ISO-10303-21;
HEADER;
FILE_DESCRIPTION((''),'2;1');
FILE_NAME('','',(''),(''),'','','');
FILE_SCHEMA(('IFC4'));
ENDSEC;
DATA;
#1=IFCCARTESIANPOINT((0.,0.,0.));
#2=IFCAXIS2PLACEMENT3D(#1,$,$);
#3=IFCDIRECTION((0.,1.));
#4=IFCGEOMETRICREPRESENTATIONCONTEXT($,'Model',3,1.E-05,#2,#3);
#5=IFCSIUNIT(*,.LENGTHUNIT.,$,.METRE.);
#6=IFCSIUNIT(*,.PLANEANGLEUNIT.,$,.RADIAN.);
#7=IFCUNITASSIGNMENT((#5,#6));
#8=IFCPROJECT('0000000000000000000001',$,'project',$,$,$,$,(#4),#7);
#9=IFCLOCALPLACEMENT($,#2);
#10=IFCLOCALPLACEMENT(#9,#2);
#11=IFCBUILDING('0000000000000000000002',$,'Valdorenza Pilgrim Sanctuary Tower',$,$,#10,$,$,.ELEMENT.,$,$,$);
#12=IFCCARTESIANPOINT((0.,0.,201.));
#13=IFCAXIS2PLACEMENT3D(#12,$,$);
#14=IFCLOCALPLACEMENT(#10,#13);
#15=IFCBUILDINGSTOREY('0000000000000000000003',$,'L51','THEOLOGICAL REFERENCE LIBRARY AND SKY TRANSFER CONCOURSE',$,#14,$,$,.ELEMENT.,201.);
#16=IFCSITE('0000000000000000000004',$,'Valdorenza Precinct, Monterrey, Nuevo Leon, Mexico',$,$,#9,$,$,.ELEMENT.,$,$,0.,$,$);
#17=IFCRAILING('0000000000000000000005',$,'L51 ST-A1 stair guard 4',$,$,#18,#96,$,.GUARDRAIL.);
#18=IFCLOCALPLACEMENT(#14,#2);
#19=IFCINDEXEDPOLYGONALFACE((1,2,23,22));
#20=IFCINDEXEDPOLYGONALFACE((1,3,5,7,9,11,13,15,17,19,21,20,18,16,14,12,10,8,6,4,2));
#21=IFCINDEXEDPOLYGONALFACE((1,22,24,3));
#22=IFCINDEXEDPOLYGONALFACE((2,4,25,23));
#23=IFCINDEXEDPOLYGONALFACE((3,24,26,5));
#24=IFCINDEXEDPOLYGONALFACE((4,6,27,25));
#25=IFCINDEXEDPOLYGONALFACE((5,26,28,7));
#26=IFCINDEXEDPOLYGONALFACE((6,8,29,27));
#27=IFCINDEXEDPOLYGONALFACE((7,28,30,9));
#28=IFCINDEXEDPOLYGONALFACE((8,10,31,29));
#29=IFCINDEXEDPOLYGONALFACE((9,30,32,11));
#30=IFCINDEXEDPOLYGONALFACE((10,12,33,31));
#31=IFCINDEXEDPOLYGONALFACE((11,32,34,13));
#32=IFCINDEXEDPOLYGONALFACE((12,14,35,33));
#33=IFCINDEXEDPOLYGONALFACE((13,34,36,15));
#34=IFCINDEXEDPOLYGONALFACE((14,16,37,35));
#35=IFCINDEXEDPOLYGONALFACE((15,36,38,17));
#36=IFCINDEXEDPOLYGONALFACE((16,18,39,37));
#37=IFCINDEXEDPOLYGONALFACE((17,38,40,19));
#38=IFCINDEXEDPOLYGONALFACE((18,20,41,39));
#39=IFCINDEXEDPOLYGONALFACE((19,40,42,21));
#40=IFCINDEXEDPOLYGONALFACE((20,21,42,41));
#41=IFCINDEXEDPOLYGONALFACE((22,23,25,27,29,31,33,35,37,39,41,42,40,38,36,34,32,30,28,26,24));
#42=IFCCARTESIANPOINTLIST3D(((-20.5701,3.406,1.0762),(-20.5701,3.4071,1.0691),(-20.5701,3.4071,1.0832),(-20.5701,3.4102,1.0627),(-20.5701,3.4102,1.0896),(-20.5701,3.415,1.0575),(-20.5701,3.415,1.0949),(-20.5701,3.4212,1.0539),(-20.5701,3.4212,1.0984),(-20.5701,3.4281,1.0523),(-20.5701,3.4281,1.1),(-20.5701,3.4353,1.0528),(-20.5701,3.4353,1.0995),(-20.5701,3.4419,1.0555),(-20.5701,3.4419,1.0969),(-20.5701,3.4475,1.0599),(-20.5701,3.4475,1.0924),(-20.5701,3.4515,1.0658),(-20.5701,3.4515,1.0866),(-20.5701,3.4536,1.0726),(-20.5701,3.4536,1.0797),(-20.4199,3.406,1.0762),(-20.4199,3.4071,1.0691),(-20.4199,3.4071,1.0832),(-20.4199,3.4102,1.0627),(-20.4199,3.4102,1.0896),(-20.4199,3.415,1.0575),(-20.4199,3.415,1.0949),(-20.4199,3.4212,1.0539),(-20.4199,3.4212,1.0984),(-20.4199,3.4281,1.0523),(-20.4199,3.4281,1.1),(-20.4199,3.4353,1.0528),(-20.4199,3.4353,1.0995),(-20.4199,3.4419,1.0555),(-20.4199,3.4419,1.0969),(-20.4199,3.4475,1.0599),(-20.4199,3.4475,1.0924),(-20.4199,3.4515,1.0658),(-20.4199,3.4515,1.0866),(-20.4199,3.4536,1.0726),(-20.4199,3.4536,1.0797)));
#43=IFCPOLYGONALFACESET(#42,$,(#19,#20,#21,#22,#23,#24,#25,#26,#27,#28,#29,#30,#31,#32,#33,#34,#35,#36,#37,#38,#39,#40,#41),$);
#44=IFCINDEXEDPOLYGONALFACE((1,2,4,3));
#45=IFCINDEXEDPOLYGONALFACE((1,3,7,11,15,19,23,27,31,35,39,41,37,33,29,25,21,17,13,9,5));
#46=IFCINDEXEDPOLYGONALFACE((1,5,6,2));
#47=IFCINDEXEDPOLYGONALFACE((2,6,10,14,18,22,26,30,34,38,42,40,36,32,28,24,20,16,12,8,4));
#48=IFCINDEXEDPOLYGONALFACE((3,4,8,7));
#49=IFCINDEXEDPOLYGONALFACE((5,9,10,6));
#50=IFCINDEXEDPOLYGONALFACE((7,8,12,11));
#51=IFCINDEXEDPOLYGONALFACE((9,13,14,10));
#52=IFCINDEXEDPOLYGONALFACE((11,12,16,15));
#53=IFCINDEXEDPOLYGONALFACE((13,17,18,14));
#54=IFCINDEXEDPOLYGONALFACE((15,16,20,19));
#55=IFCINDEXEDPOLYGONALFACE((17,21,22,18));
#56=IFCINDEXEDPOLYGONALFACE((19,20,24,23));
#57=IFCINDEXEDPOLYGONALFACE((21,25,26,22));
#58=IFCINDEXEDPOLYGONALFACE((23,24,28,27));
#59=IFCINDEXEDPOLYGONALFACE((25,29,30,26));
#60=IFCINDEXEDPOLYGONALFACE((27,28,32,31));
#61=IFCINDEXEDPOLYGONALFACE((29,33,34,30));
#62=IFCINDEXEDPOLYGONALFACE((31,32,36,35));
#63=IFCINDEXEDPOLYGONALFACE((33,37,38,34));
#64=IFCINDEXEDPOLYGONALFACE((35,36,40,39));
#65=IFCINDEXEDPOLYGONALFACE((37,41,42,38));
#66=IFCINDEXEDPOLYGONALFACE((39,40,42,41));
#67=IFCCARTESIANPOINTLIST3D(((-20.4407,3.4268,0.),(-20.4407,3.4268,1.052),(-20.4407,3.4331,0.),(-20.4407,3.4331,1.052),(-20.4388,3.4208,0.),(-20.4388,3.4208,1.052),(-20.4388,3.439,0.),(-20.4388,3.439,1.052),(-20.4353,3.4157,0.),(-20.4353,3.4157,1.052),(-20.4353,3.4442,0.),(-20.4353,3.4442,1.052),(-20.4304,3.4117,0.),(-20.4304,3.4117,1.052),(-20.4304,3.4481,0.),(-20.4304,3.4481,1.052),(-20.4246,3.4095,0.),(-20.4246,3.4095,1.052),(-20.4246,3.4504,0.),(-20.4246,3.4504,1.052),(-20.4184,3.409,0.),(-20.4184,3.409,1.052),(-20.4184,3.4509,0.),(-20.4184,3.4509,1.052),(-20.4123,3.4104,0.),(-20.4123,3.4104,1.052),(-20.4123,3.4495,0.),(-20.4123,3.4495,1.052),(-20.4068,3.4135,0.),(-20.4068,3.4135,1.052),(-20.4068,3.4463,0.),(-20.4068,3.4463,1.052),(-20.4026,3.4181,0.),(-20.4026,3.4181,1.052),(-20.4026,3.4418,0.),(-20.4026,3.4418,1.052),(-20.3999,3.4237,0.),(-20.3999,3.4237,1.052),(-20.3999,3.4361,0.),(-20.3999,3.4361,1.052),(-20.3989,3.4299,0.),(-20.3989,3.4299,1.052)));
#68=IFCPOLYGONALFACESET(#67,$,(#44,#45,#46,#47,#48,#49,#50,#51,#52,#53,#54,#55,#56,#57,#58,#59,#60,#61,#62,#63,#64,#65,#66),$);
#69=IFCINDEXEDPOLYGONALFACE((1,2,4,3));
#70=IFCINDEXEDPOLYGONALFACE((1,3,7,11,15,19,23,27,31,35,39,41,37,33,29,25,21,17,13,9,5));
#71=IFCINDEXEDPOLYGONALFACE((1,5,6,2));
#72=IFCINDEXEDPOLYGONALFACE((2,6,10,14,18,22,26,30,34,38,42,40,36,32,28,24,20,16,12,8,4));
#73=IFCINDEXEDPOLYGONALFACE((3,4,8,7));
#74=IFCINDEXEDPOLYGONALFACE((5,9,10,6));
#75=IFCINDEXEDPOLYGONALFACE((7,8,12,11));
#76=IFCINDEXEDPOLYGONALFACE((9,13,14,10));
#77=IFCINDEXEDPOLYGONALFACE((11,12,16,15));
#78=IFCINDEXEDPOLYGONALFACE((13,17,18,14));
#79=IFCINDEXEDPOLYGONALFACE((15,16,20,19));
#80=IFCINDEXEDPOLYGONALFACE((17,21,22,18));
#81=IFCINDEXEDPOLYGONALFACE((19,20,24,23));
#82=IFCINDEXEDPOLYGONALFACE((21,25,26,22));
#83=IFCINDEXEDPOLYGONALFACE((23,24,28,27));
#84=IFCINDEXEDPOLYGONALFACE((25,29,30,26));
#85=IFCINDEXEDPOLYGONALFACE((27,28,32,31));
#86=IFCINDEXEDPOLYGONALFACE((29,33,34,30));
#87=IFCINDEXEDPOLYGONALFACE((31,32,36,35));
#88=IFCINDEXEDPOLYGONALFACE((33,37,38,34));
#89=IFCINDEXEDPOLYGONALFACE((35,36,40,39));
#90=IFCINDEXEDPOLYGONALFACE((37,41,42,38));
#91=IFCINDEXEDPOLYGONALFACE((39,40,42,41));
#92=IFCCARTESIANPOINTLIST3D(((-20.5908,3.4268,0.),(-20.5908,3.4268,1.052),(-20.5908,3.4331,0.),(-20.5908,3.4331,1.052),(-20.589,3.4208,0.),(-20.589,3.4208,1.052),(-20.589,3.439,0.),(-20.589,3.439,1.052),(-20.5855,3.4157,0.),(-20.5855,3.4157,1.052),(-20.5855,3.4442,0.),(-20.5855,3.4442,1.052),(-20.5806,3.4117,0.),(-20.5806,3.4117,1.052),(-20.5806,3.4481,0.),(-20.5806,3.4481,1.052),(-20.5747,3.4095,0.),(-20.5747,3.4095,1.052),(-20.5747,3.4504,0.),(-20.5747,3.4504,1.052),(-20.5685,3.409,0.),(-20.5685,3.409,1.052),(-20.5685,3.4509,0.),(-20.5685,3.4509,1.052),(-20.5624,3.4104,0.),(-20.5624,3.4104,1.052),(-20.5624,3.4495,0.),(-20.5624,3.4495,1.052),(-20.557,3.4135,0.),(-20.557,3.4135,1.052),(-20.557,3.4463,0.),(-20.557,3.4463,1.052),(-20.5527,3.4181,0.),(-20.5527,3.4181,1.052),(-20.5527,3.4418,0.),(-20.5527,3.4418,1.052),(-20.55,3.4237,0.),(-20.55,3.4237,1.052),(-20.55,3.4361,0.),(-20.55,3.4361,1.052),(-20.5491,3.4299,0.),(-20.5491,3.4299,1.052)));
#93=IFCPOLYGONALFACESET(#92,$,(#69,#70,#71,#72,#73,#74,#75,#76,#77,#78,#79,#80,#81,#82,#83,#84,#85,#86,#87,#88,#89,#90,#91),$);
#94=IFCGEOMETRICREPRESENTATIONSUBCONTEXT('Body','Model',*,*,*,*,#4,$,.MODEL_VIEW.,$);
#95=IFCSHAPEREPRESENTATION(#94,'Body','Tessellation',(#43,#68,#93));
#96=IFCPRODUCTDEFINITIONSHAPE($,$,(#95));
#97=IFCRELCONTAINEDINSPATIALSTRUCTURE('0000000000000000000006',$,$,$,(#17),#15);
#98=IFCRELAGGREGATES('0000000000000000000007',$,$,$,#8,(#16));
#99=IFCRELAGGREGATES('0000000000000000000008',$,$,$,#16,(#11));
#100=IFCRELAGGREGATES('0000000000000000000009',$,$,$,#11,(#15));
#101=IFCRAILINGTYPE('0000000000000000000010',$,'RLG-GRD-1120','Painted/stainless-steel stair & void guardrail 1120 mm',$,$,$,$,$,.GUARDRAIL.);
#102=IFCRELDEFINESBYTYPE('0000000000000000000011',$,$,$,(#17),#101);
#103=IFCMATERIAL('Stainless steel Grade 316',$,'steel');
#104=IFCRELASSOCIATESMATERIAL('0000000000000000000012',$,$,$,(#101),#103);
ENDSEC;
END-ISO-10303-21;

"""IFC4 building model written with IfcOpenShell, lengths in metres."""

from ifc_helpers import new_model, si_unit, direction, frame, origin, origin_2d, place, context, subcontext, project, spatial, circle, extrude, material, type_object, element, save


model = new_model("IFC4")

# Units and contexts
model_context = context("Model", 3, precision=1e-05, world=origin(), true_north=direction((0.0, 1.0)))
body_context = subcontext(model_context, "Body", "Model", "MODEL_VIEW")
ifc_project = project(units=[si_unit("LENGTHUNIT", "METRE"), si_unit("PLANEANGLEUNIT", "RADIAN")], contexts=[model_context])

# Site, building, storey
site_placement = place(None, origin())
site = spatial("IfcSite", under=ifc_project, at=site_placement, Name="Valdorenza Precinct, Monterrey, Nuevo Leon, Mexico", CompositionType="ELEMENT", RefElevation=0.0)
building_placement = place(site_placement, origin())
building = spatial("IfcBuilding", under=site, at=building_placement, Name="Valdorenza Pilgrim Sanctuary Tower", CompositionType="ELEMENT")
storey_placement = place(building_placement, frame((0.0, 0.0, 201.0)))
storey = spatial("IfcBuildingStorey", under=building, at=storey_placement, Name="L51", Description="THEOLOGICAL REFERENCE LIBRARY AND SKY TRANSFER CONCOURSE", CompositionType="ELEMENT", Elevation=201.0)

# Railing
ifc_material_1 = material(Name="Stainless steel Grade 316", Category="steel")
railing_type_1 = type_object("IfcRailingType", Name="RLG-GRD-1120", Description="Painted/stainless-steel stair & void guardrail 1120 mm", PredefinedType="GUARDRAIL", material=ifc_material_1)
railing_1_placement = place(storey_placement, frame((-20.4199, 3.4299, 0.0)))
element("IfcRailing", 1, at=railing_1_placement, inside=storey, type_object=railing_type_1, Name="L51 ST-A1 stair guard 4", PredefinedType="GUARDRAIL", context=body_context, shape_type="SweptSolid", body=[
    extrude(circle(Radius=0.0239, at=origin_2d()), frame((0.0, 0.0, 1.0762), z_axis=(-1.0, 0.0, 0.0), x_axis=(0.0, -1.0, 0.0)), (0.0, 0.0, 1.0), 0.1501),
    extrude(circle(Radius=0.021, at=origin_2d()), origin(), (0.0, 0.0, 1.0), 1.052),
    extrude(circle(Radius=0.021, at=origin_2d()), frame((-0.1501, 0.0, 0.0)), (0.0, 0.0, 1.0), 1.052),
])

save(model, "model.ifc")
